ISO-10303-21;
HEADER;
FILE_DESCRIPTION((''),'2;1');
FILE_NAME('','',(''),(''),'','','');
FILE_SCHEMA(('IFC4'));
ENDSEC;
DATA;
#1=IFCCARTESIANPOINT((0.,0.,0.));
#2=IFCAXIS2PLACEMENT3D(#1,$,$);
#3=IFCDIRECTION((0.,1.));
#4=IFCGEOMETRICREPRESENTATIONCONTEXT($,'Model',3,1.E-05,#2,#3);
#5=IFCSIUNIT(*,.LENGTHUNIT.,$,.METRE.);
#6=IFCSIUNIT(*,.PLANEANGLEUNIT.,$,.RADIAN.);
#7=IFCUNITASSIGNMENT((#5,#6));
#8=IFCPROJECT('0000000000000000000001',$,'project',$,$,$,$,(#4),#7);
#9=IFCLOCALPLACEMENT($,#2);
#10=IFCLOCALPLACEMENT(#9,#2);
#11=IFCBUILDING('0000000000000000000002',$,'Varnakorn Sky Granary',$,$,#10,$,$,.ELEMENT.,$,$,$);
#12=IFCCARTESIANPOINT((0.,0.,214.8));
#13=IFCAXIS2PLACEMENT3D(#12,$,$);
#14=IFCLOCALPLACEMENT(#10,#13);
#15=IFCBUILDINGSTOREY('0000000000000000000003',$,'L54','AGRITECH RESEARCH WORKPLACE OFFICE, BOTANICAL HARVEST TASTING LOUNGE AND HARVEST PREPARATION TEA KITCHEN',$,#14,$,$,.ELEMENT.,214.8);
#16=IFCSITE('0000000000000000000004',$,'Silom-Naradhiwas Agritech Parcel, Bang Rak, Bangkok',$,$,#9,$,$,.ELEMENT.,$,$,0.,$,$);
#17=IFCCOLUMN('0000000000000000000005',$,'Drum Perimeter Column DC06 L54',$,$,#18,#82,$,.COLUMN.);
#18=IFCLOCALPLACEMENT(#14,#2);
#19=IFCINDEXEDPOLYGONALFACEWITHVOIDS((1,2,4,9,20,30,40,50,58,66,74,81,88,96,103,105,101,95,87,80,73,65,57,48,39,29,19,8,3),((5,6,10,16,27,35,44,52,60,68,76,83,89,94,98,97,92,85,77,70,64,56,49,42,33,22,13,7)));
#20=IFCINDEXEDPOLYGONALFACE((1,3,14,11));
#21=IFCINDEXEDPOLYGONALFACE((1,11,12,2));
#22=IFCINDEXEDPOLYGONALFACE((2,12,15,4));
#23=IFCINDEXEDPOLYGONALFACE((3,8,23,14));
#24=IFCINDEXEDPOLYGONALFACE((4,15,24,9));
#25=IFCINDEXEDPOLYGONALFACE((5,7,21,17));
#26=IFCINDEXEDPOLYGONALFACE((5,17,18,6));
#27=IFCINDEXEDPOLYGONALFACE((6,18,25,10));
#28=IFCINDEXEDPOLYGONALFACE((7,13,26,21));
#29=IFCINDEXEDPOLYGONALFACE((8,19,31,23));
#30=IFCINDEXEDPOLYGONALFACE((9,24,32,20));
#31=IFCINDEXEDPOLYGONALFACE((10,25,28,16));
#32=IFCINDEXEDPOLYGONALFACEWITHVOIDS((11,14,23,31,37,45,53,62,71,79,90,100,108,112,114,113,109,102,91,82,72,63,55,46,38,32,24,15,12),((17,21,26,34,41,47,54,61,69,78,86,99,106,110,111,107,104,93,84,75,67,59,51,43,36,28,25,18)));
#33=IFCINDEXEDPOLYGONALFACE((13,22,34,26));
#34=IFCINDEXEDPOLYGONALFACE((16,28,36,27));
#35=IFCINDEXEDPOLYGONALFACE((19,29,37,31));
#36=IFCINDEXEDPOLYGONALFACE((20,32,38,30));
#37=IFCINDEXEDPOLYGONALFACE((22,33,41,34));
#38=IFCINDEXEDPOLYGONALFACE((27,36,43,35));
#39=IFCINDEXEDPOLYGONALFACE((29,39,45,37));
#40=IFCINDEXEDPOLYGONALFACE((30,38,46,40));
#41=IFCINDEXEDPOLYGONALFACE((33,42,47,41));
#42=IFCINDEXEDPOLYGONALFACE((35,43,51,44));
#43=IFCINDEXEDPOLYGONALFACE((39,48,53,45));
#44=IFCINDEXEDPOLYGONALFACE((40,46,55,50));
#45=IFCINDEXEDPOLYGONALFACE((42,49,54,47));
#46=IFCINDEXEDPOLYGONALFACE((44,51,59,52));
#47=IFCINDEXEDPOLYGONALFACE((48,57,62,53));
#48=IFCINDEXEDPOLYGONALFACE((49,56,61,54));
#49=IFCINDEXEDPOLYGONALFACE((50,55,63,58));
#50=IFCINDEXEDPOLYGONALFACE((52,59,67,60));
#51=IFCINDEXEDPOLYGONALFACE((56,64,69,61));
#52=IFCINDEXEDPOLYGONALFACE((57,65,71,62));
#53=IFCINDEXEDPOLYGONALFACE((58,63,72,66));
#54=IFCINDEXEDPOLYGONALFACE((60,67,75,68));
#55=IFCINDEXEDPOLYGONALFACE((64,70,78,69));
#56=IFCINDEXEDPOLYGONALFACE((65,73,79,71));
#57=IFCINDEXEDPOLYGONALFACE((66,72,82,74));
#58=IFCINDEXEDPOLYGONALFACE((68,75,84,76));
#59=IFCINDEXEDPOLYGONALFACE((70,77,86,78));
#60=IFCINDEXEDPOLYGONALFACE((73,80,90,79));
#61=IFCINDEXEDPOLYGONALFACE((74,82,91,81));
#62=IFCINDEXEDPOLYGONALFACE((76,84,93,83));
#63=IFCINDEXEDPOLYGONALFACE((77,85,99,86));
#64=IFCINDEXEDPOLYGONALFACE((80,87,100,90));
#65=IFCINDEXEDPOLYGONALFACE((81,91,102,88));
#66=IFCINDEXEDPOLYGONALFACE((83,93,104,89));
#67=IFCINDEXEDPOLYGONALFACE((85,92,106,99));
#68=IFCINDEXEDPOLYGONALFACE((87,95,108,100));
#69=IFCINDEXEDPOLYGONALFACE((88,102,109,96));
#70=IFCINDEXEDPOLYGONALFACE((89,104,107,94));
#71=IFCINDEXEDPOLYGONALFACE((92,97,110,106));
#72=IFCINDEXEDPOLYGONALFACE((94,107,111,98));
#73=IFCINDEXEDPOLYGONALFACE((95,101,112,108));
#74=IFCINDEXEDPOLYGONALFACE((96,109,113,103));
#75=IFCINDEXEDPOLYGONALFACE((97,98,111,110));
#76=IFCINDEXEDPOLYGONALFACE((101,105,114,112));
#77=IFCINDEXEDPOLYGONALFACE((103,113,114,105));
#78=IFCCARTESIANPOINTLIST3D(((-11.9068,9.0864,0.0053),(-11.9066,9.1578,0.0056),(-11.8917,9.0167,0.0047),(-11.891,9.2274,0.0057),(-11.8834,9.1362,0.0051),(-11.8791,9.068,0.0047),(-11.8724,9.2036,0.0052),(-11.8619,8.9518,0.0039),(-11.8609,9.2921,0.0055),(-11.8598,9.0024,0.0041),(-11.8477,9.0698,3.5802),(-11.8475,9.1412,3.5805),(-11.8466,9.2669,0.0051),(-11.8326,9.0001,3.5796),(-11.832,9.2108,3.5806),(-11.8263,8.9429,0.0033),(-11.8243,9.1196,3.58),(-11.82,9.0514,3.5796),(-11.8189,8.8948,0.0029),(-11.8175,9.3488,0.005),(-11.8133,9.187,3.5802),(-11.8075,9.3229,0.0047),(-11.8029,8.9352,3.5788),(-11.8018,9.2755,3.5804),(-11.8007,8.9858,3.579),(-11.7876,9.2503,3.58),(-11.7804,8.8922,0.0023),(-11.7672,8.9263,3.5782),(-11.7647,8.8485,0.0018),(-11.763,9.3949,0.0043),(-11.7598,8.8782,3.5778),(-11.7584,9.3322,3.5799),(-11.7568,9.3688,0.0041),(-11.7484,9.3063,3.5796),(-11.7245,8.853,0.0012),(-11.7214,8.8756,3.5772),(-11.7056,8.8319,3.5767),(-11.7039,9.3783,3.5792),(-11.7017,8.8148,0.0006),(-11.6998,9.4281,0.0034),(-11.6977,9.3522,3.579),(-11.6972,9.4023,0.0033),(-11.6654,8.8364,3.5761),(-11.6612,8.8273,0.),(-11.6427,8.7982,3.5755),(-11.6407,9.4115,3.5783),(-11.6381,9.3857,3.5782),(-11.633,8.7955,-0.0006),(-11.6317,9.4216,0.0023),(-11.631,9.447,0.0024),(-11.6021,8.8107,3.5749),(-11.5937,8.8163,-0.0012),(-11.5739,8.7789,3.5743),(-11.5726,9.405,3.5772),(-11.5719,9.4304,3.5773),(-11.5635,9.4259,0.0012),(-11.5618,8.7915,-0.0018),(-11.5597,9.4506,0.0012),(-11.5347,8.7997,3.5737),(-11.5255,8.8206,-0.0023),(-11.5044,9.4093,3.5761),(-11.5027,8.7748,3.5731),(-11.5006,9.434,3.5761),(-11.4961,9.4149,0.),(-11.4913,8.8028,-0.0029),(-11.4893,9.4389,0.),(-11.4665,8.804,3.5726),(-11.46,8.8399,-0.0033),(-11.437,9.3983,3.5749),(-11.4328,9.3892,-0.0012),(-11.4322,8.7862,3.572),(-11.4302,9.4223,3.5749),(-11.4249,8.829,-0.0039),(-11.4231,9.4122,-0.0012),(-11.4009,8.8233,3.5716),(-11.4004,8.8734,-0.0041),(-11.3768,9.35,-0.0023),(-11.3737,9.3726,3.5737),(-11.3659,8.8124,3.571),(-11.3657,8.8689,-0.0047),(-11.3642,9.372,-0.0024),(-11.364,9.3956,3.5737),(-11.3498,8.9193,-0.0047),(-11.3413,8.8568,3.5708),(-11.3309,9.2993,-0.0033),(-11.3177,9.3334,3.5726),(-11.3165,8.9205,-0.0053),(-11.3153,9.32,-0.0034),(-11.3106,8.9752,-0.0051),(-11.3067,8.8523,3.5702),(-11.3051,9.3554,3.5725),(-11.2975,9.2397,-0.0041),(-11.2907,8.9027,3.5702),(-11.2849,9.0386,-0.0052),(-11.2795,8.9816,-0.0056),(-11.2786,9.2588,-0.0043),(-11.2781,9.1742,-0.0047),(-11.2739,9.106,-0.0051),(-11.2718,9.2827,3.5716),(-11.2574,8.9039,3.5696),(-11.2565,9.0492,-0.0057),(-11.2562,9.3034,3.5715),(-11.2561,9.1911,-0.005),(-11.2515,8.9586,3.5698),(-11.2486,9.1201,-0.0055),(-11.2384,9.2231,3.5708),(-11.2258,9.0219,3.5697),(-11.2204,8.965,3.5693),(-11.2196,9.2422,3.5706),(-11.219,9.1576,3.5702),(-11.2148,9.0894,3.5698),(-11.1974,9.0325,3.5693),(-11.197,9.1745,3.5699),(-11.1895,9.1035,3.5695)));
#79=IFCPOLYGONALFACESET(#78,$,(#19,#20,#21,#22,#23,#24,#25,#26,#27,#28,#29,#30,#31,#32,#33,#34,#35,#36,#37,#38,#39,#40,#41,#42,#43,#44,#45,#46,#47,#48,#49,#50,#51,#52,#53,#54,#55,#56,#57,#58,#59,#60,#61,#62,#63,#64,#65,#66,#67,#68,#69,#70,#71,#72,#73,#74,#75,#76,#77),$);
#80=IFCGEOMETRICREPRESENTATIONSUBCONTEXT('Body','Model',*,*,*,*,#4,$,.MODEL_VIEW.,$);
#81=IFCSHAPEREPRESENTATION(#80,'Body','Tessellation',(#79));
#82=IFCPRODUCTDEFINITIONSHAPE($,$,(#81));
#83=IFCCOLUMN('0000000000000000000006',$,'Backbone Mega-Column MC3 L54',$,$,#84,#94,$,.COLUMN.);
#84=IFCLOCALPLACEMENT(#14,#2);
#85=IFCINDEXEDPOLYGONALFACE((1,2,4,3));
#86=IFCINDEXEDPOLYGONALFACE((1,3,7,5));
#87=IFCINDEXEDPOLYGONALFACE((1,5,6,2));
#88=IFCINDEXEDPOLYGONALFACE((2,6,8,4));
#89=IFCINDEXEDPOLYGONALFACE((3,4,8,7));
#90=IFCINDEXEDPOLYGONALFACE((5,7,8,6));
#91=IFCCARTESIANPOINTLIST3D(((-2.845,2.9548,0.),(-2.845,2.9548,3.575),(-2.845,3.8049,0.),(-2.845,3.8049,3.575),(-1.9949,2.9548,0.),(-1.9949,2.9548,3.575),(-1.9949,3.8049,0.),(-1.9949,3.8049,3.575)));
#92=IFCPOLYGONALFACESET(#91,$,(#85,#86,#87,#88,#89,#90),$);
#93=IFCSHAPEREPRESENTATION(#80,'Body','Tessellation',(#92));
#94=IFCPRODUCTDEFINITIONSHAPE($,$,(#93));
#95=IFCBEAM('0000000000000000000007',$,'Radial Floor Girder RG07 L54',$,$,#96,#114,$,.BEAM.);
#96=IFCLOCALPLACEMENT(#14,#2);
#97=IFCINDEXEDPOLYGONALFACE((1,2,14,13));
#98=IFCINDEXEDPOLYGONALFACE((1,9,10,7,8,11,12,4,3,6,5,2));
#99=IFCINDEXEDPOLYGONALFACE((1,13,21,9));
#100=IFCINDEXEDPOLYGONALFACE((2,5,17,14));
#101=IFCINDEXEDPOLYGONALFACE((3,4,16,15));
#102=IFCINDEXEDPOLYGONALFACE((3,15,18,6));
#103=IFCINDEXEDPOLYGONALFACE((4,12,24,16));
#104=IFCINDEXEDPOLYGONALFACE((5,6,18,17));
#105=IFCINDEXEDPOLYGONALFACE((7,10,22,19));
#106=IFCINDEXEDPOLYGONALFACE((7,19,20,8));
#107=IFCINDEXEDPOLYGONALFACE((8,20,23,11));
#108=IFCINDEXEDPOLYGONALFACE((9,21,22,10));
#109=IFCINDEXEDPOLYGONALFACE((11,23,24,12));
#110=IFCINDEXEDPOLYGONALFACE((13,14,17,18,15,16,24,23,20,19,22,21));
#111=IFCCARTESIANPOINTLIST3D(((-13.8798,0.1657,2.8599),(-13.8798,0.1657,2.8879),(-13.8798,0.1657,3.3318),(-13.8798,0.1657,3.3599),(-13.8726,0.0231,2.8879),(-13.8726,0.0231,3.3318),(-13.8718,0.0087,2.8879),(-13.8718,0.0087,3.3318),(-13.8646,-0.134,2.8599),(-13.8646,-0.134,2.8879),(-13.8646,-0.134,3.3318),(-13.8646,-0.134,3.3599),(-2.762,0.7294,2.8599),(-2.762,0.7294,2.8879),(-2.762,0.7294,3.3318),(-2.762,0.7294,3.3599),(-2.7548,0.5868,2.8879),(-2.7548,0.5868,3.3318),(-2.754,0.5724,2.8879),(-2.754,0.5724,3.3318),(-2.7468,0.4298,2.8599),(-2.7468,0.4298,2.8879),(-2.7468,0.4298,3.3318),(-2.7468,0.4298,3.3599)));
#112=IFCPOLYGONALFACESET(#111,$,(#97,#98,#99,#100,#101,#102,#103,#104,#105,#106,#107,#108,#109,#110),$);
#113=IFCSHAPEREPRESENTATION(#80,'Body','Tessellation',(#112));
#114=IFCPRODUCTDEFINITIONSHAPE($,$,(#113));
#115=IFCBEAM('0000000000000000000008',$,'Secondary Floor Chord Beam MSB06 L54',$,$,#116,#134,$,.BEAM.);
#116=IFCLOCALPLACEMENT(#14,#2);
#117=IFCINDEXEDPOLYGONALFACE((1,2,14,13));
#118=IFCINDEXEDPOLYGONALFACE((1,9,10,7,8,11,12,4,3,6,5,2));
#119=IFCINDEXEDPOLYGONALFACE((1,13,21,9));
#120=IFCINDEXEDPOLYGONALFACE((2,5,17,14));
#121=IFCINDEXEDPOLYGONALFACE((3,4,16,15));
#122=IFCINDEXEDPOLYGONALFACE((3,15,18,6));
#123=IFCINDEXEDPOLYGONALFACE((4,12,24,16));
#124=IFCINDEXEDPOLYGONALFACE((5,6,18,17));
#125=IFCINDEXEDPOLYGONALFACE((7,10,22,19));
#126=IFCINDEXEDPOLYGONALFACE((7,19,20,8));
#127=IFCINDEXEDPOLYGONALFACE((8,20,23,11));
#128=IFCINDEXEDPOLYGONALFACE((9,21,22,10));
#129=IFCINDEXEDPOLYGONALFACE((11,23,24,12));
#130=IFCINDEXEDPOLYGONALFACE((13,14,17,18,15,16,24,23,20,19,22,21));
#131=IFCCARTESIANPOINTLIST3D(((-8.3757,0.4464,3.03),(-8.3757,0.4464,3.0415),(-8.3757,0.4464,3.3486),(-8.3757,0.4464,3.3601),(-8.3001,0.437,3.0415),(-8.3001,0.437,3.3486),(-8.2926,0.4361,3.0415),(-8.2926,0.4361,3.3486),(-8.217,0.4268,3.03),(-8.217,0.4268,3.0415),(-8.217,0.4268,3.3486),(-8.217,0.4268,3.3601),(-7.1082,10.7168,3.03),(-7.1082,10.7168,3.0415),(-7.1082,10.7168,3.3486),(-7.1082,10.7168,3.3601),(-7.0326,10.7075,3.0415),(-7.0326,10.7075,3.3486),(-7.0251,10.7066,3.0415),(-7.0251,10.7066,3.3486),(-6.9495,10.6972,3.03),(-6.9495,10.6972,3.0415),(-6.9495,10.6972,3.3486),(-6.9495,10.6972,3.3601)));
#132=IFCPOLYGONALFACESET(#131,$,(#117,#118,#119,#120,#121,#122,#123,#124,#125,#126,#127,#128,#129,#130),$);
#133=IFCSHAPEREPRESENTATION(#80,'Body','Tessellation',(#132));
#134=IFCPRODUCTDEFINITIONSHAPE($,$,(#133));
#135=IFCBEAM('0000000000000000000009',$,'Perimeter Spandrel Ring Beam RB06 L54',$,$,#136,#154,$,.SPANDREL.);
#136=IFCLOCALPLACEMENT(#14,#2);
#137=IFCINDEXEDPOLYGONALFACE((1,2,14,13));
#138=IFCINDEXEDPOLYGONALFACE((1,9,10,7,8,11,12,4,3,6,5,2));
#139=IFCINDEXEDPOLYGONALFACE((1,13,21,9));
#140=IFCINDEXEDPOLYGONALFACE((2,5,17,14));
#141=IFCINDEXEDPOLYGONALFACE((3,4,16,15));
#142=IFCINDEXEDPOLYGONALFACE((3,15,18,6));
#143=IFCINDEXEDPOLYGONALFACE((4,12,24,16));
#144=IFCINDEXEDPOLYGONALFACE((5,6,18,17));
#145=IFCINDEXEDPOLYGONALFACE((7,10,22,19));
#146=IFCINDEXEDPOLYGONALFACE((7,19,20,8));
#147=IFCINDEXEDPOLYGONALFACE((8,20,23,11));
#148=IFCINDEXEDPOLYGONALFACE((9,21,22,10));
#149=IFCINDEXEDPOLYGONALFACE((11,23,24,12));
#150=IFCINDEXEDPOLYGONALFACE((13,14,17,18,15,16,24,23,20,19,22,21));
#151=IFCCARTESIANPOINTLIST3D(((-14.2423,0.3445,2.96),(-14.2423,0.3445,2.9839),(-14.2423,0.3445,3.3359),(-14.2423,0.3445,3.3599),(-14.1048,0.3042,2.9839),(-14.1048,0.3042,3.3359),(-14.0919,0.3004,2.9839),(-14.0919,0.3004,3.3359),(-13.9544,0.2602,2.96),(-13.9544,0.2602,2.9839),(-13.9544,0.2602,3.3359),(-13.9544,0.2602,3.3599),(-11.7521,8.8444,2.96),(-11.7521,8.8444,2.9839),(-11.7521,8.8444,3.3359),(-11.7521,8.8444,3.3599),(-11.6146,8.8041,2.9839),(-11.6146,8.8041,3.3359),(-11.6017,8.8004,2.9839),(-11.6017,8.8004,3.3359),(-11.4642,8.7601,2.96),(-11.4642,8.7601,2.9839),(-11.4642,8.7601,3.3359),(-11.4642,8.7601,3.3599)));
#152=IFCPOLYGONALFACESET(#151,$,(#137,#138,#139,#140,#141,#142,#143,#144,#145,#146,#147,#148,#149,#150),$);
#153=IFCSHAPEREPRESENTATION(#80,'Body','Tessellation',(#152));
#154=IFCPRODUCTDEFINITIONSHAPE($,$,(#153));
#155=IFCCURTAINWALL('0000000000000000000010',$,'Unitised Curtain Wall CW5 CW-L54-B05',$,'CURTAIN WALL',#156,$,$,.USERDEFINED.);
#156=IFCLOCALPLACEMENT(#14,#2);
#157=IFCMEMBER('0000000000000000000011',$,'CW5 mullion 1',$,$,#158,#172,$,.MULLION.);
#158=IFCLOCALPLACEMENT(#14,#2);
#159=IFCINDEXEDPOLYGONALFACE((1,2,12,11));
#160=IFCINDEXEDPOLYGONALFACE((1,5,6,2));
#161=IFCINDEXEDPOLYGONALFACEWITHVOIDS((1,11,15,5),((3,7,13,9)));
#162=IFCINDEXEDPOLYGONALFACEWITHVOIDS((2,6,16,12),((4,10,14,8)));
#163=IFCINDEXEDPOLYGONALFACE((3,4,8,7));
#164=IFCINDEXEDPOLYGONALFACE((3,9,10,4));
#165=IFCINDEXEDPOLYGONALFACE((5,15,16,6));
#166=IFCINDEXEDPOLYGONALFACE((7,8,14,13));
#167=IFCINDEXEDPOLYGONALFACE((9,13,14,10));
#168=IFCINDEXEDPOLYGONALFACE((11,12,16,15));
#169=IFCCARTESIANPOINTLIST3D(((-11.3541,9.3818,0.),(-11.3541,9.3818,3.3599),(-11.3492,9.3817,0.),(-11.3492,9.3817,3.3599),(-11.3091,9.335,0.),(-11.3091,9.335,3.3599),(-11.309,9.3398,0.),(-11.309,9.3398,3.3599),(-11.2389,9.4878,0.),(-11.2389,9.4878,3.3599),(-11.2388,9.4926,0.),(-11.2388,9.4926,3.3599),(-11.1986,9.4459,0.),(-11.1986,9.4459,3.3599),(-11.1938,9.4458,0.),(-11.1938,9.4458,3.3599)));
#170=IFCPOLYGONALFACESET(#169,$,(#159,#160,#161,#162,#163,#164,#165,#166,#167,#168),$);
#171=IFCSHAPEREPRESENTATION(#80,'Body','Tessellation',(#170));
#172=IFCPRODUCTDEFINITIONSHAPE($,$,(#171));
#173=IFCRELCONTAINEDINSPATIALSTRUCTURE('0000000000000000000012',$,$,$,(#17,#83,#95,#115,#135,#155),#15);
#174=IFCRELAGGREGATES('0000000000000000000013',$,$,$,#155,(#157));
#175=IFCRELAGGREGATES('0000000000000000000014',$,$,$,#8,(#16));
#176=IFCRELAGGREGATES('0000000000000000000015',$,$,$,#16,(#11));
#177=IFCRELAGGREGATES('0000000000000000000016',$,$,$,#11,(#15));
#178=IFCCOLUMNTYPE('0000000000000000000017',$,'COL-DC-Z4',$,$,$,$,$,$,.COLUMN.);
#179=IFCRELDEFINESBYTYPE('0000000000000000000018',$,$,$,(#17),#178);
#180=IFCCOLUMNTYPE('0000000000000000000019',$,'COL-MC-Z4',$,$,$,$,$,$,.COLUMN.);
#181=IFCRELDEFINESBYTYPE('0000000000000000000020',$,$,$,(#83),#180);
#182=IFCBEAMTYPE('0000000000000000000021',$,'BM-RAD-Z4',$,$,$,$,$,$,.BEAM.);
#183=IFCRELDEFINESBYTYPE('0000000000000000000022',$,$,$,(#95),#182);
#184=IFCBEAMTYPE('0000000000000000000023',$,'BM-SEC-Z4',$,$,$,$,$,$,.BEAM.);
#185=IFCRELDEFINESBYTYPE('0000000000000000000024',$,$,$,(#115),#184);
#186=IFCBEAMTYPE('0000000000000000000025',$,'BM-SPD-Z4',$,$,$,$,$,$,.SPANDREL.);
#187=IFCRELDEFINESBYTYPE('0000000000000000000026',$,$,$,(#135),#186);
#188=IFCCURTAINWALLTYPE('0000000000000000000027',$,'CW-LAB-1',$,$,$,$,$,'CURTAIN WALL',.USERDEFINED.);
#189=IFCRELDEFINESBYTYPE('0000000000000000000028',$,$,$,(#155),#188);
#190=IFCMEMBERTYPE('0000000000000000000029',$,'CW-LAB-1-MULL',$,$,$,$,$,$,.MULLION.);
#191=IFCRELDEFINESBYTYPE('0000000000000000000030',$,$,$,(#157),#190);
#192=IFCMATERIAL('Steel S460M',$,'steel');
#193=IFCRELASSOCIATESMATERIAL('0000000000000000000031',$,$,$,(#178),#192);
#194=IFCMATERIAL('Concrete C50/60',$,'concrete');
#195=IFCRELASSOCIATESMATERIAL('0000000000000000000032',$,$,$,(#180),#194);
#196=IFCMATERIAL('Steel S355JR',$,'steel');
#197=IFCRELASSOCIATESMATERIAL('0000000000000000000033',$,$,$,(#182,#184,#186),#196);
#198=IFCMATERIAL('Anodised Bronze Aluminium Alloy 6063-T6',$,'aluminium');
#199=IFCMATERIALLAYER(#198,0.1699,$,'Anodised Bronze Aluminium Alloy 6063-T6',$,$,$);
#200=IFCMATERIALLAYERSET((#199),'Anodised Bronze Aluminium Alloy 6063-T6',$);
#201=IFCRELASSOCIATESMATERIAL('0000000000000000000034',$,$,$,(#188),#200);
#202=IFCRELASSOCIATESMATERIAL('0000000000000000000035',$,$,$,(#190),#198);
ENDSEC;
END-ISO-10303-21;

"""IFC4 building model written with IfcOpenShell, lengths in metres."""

from ifc_helpers import new_model, si_unit, direction, frame, origin, origin_2d, place, context, subcontext, project, spatial, rectangle, hollow_rectangle, hollow_circle, i_section, extrude, material, layer, layer_set, material_profile, profile_set, type_object, element, aggregate, save


model = new_model("IFC4")

# Units and contexts
model_context = context("Model", 3, precision=1e-05, world=origin(), true_north=direction((0.0, 1.0)))
body_context = subcontext(model_context, "Body", "Model", "MODEL_VIEW")
ifc_project = project(units=[si_unit("LENGTHUNIT", "METRE"), si_unit("PLANEANGLEUNIT", "RADIAN")], contexts=[model_context])

# Site, building, storey
site_placement = place(None, origin())
site = spatial("IfcSite", under=ifc_project, at=site_placement, Name="Silom-Naradhiwas Agritech Parcel, Bang Rak, Bangkok", CompositionType="ELEMENT", RefElevation=0.0)
building_placement = place(site_placement, origin())
building = spatial("IfcBuilding", under=site, at=building_placement, Name="Varnakorn Sky Granary", CompositionType="ELEMENT")
storey_placement = place(building_placement, frame((0.0, 0.0, 214.8)))
storey = spatial("IfcBuildingStorey", under=building, at=storey_placement, Name="L54", Description="AGRITECH RESEARCH WORKPLACE OFFICE, BOTANICAL HARVEST TASTING LOUNGE AND HARVEST PREPARATION TEA KITCHEN", CompositionType="ELEMENT", Elevation=214.8)

# Columns
ifc_material_1 = material(Name="Steel S460M", Category="steel")
ifc_material_profile_1 = material_profile(ifc_material_1, hollow_circle(Radius=0.3301, WallThickness=0.0249, at=origin_2d()), Name="CHS 660x25")
ifc_profile_set_1 = profile_set([ifc_material_profile_1], Name="Steel S460M")
column_type_1 = type_object("IfcColumnType", Name="COL-DC-Z4", PredefinedType="COLUMN", material=ifc_profile_set_1)
column_1_placement = place(storey_placement, frame((-11.5786, 9.1211, 0.0), z_axis=(0.016524, -0.004643, 0.999853), x_axis=(0.270515, 0.962716, 0.0)))
element("IfcColumn", 1, at=column_1_placement, inside=storey, type_object=column_type_1, Name="Drum Perimeter Column DC06 L54", PredefinedType="COLUMN", context=body_context, shape_type="SweptSolid", body=[
    extrude(hollow_circle(Radius=0.3301, WallThickness=0.0249, at=origin_2d()), origin(), (0.0, 0.0, 1.0), 3.5754),
])
ifc_material_2 = material(Name="Concrete C50/60", Category="concrete")
ifc_material_profile_2 = material_profile(ifc_material_2, rectangle(XDim=0.8501, YDim=0.8501, at=origin_2d()), Name="RC 850x850")
ifc_profile_set_2 = profile_set([ifc_material_profile_2], Name="Concrete C50/60")
column_type_2 = type_object("IfcColumnType", Name="COL-MC-Z4", PredefinedType="COLUMN", material=ifc_profile_set_2)
column_2_placement = place(storey_placement, frame((-2.4199, 3.3799, 0.0), z_axis=(0.0, 0.0, 1.0), x_axis=(1.0, 0.0, 0.0)))
element("IfcColumn", 2, at=column_2_placement, inside=storey, type_object=column_type_2, Name="Backbone Mega-Column MC3 L54", PredefinedType="COLUMN", context=body_context, shape_type="SweptSolid", body=[
    extrude(rectangle(XDim=0.8501, YDim=0.8501, at=origin_2d()), origin(), (0.0, 0.0, 1.0), 3.575),
])

# Beams
ifc_material_3 = material(Name="Steel S355JR", Category="steel")
ifc_material_profile_3 = material_profile(ifc_material_3, i_section(OverallWidth=0.3, OverallDepth=0.5, WebThickness=0.0144, FlangeThickness=0.0281, at=origin_2d()), Name="HE 500 B")
ifc_profile_set_3 = profile_set([ifc_material_profile_3], Name="Steel S355JR")
beam_type_1 = type_object("IfcBeamType", Name="BM-RAD-Z4", PredefinedType="BEAM", material=ifc_profile_set_3)
beam_1_placement = place(storey_placement, frame((-2.7544, 0.5796, 3.1099), z_axis=(-0.998717, -0.050639, 0.0), x_axis=(0.050639, -0.998717, 0.0)))
element("IfcBeam", 3, at=beam_1_placement, inside=storey, type_object=beam_type_1, Name="Radial Floor Girder RG07 L54", PredefinedType="BEAM", context=body_context, shape_type="SweptSolid", body=[
    extrude(i_section(OverallWidth=0.3, OverallDepth=0.5, WebThickness=0.0144, FlangeThickness=0.0281, at=origin_2d()), origin(), (0.0, 0.0, 1.0), 11.1321),
])
ifc_material_profile_4 = material_profile(ifc_material_3, i_section(OverallWidth=0.1599, OverallDepth=0.3301, WebThickness=0.0076, FlangeThickness=0.0115, at=origin_2d()), Name="IPE 330")
ifc_profile_set_4 = profile_set([ifc_material_profile_4], Name="Steel S355JR")
beam_type_2 = type_object("IfcBeamType", Name="BM-SEC-Z4", PredefinedType="BEAM", material=ifc_profile_set_4)
beam_2_placement = place(storey_placement, frame((-7.0288, 10.707, 3.1951), z_axis=(-0.12249, -0.99247, 0.0), x_axis=(0.99247, -0.12249, 0.0)))
element("IfcBeam", 4, at=beam_2_placement, inside=storey, type_object=beam_type_2, Name="Secondary Floor Chord Beam MSB06 L54", PredefinedType="BEAM", context=body_context, shape_type="SweptSolid", body=[
    extrude(i_section(OverallWidth=0.1599, OverallDepth=0.3301, WebThickness=0.0076, FlangeThickness=0.0115, at=origin_2d()), origin(), (0.0, 0.0, 1.0), 10.3484),
])
ifc_material_profile_5 = material_profile(ifc_material_3, i_section(OverallWidth=0.3, OverallDepth=0.3999, WebThickness=0.0134, FlangeThickness=0.0239, at=origin_2d()), Name="HE 400 B")
ifc_profile_set_5 = profile_set([ifc_material_profile_5], Name="Steel S355JR")
beam_type_3 = type_object("IfcBeamType", Name="BM-SPD-Z4", PredefinedType="SPANDREL", material=ifc_profile_set_5)
beam_3_placement = place(storey_placement, frame((-11.6082, 8.8022, 3.1599), z_axis=(-0.281151, -0.959663, 0.0), x_axis=(0.959663, -0.281151, 0.0)))
element("IfcBeam", 5, at=beam_3_placement, inside=storey, type_object=beam_type_3, Name="Perimeter Spandrel Ring Beam RB06 L54", PredefinedType="SPANDREL", context=body_context, shape_type="SweptSolid", body=[
    extrude(i_section(OverallWidth=0.3, OverallDepth=0.3999, WebThickness=0.0134, FlangeThickness=0.0239, at=origin_2d()), origin(), (0.0, 0.0, 1.0), 8.8572),
])

# Curtain wall, member
ifc_material_4 = material(Name="Anodised Bronze Aluminium Alloy 6063-T6", Category="aluminium")
ifc_layer_1 = layer(ifc_material_4, 0.1699, Name="Anodised Bronze Aluminium Alloy 6063-T6")
ifc_layer_set_1 = layer_set([ifc_layer_1], Name="Anodised Bronze Aluminium Alloy 6063-T6")
curtain_wall_type = type_object("IfcCurtainWallType", Name="CW-LAB-1", ElementType="CURTAIN WALL", PredefinedType="USERDEFINED", material=ifc_layer_set_1)
curtain_wall_placement = place(storey_placement, origin())
curtain_wall = element("IfcCurtainWall", 6, at=curtain_wall_placement, inside=storey, type_object=curtain_wall_type, Name="Unitised Curtain Wall CW5 CW-L54-B05", ObjectType="CURTAIN WALL", PredefinedType="USERDEFINED")
ifc_material_profile_6 = material_profile(ifc_material_4, hollow_rectangle(XDim=0.0649, YDim=0.1599, WallThickness=0.0034, at=origin_2d()), Name="ALU MULL 65x160")
ifc_profile_set_6 = profile_set([ifc_material_profile_6], Name="Anodised Bronze Aluminium Alloy 6063-T6")
member_type_1 = type_object("IfcMemberType", Name="CW-LAB-1-MULL", PredefinedType="MULLION", material=ifc_profile_set_6)
member_1_placement = place(storey_placement, frame((-11.2739, 9.4138, 0.0), z_axis=(0.0, 0.0, 1.0), x_axis=(-0.69314, 0.720803, 0.0)))
member_1 = element("IfcMember", 7, at=member_1_placement, type_object=member_type_1, Name="CW5 mullion 1", PredefinedType="MULLION", context=body_context, shape_type="SweptSolid", body=[
    extrude(hollow_rectangle(XDim=0.0649, YDim=0.1599, WallThickness=0.0034, at=origin_2d()), origin(), (0.0, 0.0, 1.0), 3.3599),
])
aggregate(curtain_wall, [member_1])

save(model, "model.ifc")
